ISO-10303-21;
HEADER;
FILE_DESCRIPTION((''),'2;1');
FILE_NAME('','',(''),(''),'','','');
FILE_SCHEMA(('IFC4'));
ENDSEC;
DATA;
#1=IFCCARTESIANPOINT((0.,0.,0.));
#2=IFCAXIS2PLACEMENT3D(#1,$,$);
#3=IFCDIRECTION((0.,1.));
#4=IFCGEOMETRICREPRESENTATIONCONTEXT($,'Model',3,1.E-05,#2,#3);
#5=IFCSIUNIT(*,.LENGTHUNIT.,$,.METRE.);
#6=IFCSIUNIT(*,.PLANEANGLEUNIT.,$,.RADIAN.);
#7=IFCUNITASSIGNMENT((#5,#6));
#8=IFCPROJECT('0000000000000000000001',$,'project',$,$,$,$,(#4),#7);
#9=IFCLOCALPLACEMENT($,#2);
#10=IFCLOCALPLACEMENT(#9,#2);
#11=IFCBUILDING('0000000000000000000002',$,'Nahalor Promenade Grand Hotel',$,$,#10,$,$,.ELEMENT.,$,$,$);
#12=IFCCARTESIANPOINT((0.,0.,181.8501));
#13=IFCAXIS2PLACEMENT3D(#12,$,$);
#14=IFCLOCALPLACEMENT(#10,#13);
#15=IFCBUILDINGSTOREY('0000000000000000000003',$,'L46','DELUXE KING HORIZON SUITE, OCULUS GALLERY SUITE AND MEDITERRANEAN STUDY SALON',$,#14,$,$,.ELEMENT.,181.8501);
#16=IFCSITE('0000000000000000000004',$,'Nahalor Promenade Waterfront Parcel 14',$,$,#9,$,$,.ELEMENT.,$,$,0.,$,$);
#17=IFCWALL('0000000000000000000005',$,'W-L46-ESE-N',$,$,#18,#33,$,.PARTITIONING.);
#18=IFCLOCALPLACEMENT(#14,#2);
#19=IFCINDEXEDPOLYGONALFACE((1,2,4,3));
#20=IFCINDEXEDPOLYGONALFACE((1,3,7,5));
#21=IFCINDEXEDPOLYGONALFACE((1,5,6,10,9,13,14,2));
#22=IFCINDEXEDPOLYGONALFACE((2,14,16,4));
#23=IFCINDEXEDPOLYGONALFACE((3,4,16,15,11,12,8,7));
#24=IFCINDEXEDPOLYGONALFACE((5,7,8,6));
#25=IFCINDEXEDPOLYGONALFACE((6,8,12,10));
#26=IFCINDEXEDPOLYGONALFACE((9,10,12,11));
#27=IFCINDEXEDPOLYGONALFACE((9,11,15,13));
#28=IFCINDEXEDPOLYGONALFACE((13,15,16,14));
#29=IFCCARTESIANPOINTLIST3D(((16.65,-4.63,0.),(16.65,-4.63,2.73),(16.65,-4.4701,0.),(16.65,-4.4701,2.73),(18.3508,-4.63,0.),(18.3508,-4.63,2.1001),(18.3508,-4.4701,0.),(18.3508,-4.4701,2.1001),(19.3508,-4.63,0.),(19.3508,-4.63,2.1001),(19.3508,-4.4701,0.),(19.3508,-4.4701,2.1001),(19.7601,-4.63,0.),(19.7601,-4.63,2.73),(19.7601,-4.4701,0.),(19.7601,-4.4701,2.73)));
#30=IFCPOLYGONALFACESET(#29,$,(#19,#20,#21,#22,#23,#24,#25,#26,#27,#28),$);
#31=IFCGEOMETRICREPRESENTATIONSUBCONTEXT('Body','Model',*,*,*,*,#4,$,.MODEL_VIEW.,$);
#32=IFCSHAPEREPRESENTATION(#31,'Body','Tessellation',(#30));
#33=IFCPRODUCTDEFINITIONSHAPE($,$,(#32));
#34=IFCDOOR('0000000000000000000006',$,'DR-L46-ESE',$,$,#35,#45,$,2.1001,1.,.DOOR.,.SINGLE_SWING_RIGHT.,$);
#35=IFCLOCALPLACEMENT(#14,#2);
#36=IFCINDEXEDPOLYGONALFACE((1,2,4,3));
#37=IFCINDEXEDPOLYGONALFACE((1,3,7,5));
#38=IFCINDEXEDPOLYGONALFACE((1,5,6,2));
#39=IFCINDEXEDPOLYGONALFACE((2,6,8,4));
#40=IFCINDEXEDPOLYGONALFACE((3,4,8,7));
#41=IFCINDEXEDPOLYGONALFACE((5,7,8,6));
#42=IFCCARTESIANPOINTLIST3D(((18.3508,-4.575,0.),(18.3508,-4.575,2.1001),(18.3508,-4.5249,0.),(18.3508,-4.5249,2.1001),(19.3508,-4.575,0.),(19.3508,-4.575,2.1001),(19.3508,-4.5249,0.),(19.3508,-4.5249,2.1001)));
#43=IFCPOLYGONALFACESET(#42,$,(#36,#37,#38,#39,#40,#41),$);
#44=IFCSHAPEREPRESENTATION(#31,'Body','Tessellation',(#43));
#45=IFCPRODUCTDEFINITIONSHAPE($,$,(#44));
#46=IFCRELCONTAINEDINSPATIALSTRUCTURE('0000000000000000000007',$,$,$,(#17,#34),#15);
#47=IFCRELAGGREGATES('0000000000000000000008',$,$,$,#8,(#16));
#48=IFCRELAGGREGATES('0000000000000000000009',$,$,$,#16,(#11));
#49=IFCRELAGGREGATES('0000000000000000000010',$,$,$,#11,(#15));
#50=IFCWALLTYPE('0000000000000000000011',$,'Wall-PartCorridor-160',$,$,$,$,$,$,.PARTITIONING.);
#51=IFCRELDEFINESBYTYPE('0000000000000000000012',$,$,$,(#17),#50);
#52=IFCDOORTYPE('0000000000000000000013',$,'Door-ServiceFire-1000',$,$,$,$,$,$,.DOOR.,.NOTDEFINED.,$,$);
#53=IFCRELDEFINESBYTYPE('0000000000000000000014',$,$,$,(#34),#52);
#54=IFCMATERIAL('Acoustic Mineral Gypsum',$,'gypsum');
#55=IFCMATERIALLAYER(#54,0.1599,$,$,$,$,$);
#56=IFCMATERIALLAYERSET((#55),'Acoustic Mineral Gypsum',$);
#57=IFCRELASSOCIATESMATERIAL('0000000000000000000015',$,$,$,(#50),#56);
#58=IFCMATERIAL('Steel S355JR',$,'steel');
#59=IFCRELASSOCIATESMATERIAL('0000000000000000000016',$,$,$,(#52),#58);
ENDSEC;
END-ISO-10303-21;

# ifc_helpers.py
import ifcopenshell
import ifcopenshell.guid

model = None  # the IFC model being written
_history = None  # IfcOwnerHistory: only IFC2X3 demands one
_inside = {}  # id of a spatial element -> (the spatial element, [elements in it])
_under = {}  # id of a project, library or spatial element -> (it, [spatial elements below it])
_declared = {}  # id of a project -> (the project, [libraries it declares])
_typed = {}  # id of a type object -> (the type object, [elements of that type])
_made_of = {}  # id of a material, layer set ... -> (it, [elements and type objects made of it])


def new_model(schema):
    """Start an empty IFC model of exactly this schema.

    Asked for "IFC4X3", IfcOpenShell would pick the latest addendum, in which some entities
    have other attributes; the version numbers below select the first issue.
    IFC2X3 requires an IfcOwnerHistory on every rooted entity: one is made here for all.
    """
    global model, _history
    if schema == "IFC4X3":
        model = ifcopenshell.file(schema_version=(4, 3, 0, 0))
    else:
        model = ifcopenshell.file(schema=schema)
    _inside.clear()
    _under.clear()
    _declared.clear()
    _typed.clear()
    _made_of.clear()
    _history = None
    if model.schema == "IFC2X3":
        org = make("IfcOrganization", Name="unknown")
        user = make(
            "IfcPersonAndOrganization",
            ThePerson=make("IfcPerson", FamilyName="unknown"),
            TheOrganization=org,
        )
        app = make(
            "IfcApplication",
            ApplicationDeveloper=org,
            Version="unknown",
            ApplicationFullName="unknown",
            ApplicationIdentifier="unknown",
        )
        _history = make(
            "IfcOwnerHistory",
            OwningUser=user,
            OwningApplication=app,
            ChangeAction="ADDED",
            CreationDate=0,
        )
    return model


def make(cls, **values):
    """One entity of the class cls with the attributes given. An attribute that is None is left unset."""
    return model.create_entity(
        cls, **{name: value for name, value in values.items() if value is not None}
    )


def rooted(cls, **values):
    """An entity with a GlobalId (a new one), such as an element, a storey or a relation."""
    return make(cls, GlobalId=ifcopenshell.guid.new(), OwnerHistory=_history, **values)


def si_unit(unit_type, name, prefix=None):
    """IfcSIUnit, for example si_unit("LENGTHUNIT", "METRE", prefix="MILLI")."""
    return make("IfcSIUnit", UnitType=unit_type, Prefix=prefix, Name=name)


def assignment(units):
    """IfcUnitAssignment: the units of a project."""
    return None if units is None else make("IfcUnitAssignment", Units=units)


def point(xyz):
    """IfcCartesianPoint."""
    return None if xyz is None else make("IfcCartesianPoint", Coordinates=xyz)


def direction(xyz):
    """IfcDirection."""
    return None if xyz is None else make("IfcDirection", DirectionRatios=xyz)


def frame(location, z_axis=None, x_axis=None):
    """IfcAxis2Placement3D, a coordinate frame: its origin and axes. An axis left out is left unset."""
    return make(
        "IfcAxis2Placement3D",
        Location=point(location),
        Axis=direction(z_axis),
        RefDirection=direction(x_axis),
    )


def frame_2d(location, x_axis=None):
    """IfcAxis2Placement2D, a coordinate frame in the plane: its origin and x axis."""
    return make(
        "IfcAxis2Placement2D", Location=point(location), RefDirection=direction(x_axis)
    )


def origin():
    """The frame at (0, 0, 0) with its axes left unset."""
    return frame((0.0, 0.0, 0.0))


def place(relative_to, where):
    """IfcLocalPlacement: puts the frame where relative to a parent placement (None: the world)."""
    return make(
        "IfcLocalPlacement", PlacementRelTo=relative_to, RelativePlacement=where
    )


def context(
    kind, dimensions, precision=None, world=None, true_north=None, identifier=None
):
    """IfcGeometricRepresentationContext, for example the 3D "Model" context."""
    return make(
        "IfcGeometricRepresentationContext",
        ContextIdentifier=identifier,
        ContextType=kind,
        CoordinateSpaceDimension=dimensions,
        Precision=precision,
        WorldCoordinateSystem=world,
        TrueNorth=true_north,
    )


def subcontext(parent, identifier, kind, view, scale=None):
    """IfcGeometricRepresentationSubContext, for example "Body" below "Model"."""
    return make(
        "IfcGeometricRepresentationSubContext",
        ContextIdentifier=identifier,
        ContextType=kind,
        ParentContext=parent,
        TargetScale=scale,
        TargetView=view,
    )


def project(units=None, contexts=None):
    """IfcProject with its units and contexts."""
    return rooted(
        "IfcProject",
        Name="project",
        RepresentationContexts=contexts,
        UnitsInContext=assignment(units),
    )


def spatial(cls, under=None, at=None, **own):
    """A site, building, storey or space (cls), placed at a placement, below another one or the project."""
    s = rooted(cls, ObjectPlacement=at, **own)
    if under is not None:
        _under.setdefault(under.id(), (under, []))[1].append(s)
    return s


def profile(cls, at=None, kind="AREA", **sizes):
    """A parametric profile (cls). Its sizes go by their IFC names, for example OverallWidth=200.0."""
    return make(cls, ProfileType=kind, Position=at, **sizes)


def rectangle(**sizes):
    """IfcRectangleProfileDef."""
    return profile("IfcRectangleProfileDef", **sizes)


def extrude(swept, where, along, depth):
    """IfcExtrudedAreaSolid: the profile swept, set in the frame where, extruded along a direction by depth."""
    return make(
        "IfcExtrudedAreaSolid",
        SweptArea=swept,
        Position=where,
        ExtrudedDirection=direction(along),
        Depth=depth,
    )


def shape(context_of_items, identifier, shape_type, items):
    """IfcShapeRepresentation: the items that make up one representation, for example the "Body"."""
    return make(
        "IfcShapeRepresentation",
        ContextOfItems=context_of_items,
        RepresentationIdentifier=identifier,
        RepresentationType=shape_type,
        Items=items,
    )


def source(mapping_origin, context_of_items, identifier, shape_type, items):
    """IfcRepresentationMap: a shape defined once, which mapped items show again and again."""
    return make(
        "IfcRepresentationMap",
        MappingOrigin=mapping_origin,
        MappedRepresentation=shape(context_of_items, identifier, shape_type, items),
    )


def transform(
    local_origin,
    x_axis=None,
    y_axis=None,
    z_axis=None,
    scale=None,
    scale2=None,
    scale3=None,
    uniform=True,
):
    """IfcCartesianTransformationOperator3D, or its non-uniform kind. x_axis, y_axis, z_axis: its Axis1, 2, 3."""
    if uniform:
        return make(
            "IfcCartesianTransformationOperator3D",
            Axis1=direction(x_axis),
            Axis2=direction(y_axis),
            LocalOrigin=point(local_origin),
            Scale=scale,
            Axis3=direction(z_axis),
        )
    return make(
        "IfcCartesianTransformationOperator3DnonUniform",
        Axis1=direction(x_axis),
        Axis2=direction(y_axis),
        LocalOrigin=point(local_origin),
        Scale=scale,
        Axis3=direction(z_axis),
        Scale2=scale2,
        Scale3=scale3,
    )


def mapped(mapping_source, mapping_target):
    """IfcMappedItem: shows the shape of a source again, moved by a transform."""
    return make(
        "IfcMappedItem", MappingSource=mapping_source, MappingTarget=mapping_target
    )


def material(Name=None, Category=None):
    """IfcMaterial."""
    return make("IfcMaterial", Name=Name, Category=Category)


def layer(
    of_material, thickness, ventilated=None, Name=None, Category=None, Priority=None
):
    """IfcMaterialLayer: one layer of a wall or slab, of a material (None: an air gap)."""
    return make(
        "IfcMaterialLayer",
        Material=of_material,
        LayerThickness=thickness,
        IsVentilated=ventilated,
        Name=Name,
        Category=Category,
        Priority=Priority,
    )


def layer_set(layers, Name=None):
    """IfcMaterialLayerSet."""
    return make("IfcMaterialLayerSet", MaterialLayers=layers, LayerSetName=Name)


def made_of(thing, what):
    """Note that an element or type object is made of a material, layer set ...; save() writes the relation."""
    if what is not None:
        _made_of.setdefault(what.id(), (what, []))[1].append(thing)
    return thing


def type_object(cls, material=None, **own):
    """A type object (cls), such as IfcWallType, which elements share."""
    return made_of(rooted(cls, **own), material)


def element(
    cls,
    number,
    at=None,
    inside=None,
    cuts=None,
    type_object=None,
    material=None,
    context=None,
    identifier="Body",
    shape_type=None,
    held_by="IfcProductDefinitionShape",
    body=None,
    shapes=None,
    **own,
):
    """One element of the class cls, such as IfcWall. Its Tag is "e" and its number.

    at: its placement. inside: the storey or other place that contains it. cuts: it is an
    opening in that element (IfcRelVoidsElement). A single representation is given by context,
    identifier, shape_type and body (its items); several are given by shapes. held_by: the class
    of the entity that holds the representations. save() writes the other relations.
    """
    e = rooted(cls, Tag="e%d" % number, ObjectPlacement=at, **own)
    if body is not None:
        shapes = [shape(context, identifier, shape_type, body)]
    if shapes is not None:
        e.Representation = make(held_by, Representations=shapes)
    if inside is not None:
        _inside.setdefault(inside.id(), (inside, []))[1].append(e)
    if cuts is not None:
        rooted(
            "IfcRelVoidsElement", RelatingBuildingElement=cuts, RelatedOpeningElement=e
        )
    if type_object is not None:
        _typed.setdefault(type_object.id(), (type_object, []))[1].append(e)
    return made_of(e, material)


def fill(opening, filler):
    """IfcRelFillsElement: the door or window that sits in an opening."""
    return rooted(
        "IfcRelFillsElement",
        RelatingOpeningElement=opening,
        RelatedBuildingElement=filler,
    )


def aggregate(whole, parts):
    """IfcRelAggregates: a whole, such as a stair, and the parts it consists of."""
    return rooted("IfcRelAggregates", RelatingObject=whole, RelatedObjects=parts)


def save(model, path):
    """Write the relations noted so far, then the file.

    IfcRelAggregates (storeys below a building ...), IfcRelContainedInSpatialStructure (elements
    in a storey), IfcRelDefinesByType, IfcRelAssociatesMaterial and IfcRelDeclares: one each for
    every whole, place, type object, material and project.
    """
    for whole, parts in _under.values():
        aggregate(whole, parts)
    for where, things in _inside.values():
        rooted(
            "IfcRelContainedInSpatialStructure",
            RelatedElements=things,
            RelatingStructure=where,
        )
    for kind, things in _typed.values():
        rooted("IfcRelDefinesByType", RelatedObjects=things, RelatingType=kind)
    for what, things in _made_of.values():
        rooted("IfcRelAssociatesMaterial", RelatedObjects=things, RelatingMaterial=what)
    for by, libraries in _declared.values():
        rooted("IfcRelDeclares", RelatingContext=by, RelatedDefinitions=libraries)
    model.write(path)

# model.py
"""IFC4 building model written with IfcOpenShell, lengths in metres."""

from ifc_helpers import new_model, si_unit, direction, frame, frame_2d, origin, place, context, subcontext, project, spatial, rectangle, extrude, source, transform, mapped, material, layer, layer_set, type_object, element, fill, save


model = new_model("IFC4")

# Units and contexts
model_context = context("Model", 3, precision=1e-05, world=origin(), true_north=direction((0.0, 1.0)))
body_context = subcontext(model_context, "Body", "Model", "MODEL_VIEW")
ifc_project = project(units=[si_unit("LENGTHUNIT", "METRE"), si_unit("PLANEANGLEUNIT", "RADIAN")], contexts=[model_context])

# Site, building, storey
site_placement = place(None, origin())
site = spatial("IfcSite", under=ifc_project, at=site_placement, Name="Nahalor Promenade Waterfront Parcel 14", CompositionType="ELEMENT", RefElevation=0.0)
building_placement = place(site_placement, origin())
building = spatial("IfcBuilding", under=site, at=building_placement, Name="Nahalor Promenade Grand Hotel", CompositionType="ELEMENT")
storey_placement = place(building_placement, frame((0.0, 0.0, 181.8501)))
storey = spatial("IfcBuildingStorey", under=building, at=storey_placement, Name="L46", Description="DELUXE KING HORIZON SUITE, OCULUS GALLERY SUITE AND MEDITERRANEAN STUDY SALON", CompositionType="ELEMENT", Elevation=181.8501)

# Shared definitions
ifc_material_1 = material(Name="Steel S355JR", Category="steel")

# Wall, opening, door
ifc_material_2 = material(Name="Acoustic Mineral Gypsum", Category="gypsum")
ifc_layer_1 = layer(ifc_material_2, 0.1599)
ifc_layer_set_1 = layer_set([ifc_layer_1], Name="Acoustic Mineral Gypsum")
wall_type_1 = type_object("IfcWallType", Name="Wall-PartCorridor-160", PredefinedType="PARTITIONING", material=ifc_layer_set_1)
shared_shape_1 = source(origin(), body_context, "Body", "SweptSolid", [
    extrude(rectangle(XDim=3.1101, YDim=0.1599, at=frame_2d((1.5552, 0.0))), origin(), (0.0, 0.0, 1.0), 2.73),
])
wall_1_placement = place(storey_placement, frame((16.6499, -4.55, 0.0), z_axis=(0.0, 0.0, 1.0), x_axis=(1.0, 0.0, 0.0)))
wall_1 = element("IfcWall", 1, at=wall_1_placement, inside=storey, type_object=wall_type_1, Name="W-L46-ESE-N", PredefinedType="PARTITIONING", context=body_context, shape_type="MappedRepresentation", body=[
    mapped(shared_shape_1, transform((0.0, 0.0, 0.0), scale=1.0)),
])
opening_1_placement = place(wall_1_placement, frame((1.7009, 0.0, 0.0)))
opening_1 = element("IfcOpeningElement", 2, at=opening_1_placement, cuts=wall_1, PredefinedType="OPENING", context=body_context, shape_type="SweptSolid", body=[
    extrude(rectangle(XDim=1.0, YDim=2.1001, at=frame_2d((0.5, 1.05))), frame((0.0, 0.0898, 0.0), z_axis=(0.0, -1.0, 0.0), x_axis=(1.0, 0.0, 0.0)), (0.0, 0.0, 1.0), 0.1799),
])
door_type_1 = type_object("IfcDoorType", Name="Door-ServiceFire-1000", OperationType="NOTDEFINED", PredefinedType="DOOR", material=ifc_material_1)
shared_shape_2 = source(origin(), body_context, "Body", "SweptSolid", [
    extrude(rectangle(XDim=1.0, YDim=2.1001, at=frame_2d((0.5, 1.05))), frame((0.0, 0.0249, 0.0), z_axis=(0.0, -1.0, 0.0), x_axis=(1.0, 0.0, 0.0)), (0.0, 0.0, 1.0), 0.05),
])
door_1_placement = place(opening_1_placement, frame((1.0, 0.0, 0.0), z_axis=(0.0, 0.0, 1.0), x_axis=(-1.0, 0.0, 0.0)))
door_1 = element("IfcDoor", 3, at=door_1_placement, inside=storey, type_object=door_type_1, Name="DR-L46-ESE", OperationType="SINGLE_SWING_RIGHT", OverallHeight=2.1001, OverallWidth=1.0, PredefinedType="DOOR", context=body_context, shape_type="MappedRepresentation", body=[
    mapped(shared_shape_2, transform((0.0, 0.0, 0.0), scale=1.0)),
])
fill(opening_1, door_1)

save(model, "model.ifc")
